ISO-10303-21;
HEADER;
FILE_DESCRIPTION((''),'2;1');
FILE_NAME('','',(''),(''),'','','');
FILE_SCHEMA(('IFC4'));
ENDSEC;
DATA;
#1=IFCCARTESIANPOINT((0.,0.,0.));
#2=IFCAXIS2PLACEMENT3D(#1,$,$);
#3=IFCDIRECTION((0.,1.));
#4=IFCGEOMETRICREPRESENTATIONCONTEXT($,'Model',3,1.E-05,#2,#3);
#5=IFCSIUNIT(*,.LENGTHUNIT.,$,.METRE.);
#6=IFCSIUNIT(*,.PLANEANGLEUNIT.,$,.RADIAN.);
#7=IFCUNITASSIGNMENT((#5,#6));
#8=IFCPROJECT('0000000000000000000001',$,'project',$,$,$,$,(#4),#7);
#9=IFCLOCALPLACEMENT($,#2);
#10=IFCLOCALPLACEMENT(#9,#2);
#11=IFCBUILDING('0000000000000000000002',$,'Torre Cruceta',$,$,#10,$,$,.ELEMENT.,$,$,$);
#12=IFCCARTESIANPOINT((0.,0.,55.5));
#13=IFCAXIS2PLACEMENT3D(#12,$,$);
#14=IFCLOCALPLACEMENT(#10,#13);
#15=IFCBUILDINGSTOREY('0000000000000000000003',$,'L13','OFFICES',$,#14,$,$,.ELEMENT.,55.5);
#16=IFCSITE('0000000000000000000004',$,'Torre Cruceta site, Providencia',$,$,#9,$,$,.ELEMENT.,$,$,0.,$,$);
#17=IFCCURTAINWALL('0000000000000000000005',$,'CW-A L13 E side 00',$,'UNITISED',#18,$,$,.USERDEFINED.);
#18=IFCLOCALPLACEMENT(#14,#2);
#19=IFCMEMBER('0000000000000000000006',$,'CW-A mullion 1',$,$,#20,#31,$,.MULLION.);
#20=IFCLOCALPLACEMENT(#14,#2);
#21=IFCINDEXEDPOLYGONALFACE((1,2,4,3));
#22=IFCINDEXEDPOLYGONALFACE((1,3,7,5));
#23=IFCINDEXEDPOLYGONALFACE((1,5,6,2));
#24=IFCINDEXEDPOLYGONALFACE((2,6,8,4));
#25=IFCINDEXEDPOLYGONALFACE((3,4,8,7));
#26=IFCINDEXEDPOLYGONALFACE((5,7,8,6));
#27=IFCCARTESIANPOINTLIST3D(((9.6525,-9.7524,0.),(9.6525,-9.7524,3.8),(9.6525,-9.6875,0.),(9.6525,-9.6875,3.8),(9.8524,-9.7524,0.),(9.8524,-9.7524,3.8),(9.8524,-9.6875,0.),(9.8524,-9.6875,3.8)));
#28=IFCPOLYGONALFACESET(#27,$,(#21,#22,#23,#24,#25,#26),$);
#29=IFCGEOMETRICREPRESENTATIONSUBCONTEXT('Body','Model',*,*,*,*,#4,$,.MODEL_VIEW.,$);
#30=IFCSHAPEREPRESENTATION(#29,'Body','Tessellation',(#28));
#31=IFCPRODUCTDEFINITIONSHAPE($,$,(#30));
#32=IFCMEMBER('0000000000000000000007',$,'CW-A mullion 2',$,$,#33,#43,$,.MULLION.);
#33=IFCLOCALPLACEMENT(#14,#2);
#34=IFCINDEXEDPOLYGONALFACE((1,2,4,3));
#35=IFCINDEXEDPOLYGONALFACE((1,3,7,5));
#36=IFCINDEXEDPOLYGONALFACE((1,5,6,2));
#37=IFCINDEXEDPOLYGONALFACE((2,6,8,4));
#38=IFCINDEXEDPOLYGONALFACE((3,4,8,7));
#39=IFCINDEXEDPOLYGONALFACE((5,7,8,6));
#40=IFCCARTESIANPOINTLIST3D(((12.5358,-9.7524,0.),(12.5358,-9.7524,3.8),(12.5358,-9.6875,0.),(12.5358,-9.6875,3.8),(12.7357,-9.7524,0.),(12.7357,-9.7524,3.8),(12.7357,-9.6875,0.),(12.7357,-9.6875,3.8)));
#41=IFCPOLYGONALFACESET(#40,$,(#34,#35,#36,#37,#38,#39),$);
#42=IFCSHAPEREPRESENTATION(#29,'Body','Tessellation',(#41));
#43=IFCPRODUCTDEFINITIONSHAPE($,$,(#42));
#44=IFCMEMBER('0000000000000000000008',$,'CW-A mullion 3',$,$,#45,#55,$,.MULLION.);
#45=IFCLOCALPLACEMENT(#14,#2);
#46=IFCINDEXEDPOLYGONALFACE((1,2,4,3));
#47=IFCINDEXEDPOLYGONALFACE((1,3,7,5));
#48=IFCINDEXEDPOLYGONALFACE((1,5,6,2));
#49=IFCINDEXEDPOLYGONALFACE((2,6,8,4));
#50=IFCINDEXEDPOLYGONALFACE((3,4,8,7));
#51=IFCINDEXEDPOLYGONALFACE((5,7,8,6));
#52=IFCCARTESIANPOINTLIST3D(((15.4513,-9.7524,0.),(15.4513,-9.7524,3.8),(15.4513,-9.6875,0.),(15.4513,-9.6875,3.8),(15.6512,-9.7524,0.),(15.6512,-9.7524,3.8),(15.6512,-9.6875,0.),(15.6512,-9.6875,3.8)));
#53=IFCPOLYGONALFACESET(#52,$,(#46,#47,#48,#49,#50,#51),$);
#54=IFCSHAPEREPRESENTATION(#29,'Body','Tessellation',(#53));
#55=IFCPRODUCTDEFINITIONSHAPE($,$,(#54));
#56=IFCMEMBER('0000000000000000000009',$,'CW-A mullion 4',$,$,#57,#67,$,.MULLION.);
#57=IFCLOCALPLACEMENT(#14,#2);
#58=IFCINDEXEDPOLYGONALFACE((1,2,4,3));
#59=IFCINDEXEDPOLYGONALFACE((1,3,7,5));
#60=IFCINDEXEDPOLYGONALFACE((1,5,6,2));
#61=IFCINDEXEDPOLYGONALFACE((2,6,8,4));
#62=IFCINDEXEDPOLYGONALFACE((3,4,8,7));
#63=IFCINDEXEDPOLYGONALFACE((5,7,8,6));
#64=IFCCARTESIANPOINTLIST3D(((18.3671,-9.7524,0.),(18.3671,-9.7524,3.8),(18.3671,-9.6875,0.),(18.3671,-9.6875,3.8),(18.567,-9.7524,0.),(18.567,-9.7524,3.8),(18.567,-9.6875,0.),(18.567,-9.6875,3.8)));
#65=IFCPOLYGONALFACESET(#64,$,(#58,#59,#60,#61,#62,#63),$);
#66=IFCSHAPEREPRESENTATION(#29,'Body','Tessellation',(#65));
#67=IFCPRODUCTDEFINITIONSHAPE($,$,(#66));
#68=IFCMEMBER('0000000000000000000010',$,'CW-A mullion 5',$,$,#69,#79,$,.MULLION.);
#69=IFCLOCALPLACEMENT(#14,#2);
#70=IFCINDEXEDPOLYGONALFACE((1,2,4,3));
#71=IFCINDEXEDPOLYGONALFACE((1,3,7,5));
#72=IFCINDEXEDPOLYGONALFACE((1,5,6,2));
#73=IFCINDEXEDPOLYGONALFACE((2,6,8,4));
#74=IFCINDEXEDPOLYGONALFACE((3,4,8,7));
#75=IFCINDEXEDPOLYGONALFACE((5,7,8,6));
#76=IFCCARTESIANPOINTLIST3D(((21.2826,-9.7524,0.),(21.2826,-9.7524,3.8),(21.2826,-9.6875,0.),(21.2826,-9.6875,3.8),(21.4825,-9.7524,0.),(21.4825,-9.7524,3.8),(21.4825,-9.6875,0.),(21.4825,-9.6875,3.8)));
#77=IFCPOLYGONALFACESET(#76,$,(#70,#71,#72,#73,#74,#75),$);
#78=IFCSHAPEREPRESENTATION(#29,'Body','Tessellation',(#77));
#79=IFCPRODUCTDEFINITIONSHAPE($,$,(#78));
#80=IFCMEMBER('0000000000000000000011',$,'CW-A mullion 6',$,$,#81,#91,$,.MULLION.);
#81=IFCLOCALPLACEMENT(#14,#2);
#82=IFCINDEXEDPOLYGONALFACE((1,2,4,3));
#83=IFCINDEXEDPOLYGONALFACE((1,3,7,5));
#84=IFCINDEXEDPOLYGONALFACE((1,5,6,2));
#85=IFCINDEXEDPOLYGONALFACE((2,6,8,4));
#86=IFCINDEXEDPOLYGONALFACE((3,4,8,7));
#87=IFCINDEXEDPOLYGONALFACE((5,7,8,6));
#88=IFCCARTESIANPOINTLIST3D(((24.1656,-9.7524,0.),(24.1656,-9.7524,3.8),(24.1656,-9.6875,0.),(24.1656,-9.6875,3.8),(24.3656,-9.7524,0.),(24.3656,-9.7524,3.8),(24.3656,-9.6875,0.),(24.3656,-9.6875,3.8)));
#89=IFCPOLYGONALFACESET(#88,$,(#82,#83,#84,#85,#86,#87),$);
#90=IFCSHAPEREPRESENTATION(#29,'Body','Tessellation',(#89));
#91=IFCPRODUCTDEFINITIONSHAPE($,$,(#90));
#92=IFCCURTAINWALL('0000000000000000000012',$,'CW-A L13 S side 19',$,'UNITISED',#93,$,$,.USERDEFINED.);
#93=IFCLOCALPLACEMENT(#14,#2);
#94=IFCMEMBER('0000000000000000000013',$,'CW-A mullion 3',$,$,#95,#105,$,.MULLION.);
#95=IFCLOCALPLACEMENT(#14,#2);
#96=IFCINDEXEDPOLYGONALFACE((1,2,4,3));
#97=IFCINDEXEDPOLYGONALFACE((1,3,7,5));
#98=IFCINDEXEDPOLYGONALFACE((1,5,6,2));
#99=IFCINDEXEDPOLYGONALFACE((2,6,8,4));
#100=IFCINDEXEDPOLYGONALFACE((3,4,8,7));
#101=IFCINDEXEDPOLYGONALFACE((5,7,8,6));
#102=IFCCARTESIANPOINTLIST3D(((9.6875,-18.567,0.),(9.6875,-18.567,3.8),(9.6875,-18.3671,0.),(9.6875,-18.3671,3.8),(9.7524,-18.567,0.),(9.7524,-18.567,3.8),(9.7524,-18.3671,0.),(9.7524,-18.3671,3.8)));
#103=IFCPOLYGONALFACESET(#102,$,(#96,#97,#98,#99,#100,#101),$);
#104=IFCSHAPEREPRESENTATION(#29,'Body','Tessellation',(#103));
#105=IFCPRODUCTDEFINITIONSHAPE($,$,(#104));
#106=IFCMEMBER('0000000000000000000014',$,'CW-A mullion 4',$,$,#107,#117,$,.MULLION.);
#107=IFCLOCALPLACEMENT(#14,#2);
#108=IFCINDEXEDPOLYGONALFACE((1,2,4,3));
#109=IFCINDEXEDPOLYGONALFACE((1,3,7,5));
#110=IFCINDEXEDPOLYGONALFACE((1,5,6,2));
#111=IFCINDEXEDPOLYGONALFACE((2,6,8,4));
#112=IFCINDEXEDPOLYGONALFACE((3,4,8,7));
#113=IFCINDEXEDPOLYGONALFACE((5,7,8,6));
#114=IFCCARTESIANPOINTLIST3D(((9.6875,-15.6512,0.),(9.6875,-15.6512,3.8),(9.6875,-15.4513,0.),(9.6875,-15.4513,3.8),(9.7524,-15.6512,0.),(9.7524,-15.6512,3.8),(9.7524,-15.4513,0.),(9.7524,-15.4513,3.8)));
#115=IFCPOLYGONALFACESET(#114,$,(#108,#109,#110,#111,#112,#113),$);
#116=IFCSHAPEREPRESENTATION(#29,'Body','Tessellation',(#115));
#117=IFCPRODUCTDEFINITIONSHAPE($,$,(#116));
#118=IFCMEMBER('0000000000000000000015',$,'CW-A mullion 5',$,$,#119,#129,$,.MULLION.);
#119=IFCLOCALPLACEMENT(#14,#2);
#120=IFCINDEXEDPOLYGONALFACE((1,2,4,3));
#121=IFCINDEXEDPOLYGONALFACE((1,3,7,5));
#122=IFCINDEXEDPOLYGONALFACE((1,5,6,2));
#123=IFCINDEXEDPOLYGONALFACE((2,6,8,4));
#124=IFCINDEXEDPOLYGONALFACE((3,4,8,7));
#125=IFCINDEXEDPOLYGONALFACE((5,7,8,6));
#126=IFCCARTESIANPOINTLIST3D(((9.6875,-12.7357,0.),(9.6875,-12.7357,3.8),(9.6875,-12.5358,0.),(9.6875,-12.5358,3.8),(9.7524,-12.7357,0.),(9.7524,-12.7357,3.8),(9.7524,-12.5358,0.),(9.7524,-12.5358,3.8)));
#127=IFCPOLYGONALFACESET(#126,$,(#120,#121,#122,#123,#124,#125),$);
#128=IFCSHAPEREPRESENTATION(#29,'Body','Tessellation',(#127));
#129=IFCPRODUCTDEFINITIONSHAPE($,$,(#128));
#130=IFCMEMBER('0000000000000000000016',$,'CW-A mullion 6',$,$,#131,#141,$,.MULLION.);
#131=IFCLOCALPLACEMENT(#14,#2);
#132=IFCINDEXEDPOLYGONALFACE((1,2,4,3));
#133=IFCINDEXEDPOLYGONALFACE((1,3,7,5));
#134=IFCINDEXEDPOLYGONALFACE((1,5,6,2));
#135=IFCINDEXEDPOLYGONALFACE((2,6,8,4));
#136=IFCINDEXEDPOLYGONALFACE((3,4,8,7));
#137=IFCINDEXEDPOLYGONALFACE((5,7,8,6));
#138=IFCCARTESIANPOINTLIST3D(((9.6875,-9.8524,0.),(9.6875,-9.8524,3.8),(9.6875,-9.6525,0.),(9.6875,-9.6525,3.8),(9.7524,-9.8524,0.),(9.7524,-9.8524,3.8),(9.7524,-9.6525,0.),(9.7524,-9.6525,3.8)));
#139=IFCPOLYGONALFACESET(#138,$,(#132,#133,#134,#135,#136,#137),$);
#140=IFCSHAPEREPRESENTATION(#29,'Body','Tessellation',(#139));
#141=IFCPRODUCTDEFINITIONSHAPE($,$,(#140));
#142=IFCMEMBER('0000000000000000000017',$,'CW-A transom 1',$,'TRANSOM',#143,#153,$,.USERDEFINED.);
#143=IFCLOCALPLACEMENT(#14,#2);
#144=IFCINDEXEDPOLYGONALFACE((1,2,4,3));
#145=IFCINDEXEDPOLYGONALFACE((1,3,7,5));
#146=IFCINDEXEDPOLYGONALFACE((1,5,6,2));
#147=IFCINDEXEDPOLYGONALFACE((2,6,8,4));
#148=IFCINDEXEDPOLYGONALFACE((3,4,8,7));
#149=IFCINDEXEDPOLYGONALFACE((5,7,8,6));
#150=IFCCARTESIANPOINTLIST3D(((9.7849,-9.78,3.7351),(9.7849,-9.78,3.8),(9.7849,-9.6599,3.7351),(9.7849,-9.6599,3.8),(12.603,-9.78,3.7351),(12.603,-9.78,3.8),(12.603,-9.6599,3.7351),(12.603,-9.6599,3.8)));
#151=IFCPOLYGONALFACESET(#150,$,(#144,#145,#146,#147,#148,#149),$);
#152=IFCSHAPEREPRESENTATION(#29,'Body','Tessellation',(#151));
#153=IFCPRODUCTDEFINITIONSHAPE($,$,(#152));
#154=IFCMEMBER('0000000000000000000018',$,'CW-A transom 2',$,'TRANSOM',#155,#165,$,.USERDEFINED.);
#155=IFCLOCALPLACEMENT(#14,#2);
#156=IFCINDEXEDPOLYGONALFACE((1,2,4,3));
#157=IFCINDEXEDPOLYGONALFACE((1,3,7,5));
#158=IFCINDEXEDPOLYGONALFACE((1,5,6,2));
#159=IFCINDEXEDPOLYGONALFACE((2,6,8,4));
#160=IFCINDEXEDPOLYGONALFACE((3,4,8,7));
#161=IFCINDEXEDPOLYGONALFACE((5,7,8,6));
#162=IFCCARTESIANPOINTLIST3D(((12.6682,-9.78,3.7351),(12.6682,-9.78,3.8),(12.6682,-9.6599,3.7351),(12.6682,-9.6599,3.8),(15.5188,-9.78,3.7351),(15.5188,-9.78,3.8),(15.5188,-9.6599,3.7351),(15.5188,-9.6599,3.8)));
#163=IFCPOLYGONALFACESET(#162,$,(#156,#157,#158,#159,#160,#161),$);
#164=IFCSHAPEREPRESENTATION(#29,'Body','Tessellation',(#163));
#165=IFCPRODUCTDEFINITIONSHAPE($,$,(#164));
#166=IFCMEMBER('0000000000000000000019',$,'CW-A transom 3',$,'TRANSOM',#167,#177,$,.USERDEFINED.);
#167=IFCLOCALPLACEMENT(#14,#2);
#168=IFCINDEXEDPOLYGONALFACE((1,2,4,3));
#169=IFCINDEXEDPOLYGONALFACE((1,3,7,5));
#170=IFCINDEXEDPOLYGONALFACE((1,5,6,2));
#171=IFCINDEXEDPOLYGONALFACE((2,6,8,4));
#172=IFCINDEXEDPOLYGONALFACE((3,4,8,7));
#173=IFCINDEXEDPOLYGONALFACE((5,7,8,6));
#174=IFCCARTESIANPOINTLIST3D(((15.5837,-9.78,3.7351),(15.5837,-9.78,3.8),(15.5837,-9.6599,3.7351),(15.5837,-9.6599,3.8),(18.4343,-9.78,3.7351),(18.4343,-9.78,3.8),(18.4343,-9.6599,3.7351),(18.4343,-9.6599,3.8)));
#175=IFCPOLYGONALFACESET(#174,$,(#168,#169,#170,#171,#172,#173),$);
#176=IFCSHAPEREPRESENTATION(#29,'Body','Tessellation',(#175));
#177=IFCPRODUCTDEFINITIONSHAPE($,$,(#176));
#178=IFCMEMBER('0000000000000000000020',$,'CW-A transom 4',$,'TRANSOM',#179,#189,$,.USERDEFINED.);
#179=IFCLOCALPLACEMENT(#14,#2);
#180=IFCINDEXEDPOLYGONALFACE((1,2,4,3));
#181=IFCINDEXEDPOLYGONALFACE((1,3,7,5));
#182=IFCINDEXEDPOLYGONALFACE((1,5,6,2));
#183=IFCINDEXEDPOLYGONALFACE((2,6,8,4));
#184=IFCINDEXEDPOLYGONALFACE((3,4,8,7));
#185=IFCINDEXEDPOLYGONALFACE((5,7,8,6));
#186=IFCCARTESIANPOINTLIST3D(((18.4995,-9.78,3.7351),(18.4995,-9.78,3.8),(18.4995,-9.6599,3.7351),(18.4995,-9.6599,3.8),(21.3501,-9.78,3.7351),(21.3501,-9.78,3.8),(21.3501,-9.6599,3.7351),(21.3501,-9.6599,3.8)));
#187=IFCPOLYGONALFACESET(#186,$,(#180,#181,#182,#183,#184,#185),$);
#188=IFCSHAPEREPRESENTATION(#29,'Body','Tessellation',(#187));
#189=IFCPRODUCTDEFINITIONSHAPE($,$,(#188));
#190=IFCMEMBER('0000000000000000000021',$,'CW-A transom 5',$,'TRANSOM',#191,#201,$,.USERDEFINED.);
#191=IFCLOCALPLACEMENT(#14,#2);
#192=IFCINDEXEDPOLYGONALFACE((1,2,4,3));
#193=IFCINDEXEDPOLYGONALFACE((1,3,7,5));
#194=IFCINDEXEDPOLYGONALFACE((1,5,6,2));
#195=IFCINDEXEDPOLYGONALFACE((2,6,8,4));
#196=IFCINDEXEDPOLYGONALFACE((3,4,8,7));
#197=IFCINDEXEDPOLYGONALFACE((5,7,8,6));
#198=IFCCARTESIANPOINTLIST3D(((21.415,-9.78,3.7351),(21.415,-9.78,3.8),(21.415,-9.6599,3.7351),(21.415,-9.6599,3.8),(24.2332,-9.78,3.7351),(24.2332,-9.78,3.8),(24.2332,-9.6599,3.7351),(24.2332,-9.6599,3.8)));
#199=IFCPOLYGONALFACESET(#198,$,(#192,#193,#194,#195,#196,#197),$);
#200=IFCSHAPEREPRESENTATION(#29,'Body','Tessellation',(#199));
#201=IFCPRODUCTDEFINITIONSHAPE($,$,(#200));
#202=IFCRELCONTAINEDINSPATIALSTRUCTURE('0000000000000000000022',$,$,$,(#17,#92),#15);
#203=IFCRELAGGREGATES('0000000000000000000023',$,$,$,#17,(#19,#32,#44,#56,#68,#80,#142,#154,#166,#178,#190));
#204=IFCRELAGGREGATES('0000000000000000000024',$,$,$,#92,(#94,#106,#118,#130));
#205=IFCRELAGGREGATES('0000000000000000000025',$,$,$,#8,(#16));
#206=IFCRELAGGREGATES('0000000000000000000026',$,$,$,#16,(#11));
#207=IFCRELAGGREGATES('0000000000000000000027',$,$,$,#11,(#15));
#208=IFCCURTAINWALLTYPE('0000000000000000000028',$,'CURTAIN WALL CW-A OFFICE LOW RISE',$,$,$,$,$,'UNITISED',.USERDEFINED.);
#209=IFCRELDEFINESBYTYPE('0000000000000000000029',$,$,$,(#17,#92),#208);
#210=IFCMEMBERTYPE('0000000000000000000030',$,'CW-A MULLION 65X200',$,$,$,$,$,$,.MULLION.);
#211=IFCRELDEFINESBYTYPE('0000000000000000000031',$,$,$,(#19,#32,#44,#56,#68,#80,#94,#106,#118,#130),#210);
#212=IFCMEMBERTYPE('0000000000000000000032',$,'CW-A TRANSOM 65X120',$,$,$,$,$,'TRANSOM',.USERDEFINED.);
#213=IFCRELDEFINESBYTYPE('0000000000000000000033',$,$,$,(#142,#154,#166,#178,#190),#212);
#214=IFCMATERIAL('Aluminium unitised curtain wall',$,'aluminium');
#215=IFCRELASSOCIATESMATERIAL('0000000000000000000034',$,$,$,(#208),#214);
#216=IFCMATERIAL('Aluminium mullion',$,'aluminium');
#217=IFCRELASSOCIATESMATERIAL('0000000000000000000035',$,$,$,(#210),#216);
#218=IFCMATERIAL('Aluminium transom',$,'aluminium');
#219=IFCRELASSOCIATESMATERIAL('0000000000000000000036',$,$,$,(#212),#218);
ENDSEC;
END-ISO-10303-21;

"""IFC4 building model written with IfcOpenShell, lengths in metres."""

from ifc_helpers import new_model, si_unit, direction, frame, origin, origin_2d, place, context, subcontext, project, spatial, rectangle, extrude, material, material_profile, profile_set, type_object, element, aggregate, save


model = new_model("IFC4")

# Units and contexts
model_context = context("Model", 3, precision=1e-05, world=origin(), true_north=direction((0.0, 1.0)))
body_context = subcontext(model_context, "Body", "Model", "MODEL_VIEW")
ifc_project = project(units=[si_unit("LENGTHUNIT", "METRE"), si_unit("PLANEANGLEUNIT", "RADIAN")], contexts=[model_context])

# Site, building, storey
site_placement = place(None, origin())
site = spatial("IfcSite", under=ifc_project, at=site_placement, Name="Torre Cruceta site, Providencia", CompositionType="ELEMENT", RefElevation=0.0)
building_placement = place(site_placement, origin())
building = spatial("IfcBuilding", under=site, at=building_placement, Name="Torre Cruceta", CompositionType="ELEMENT")
storey_placement = place(building_placement, frame((0.0, 0.0, 55.5)))
storey = spatial("IfcBuildingStorey", under=building, at=storey_placement, Name="L13", Description="OFFICES", CompositionType="ELEMENT", Elevation=55.5)

# Curtain walls, members
ifc_material_1 = material(Name="Aluminium unitised curtain wall", Category="aluminium")
curtain_wall_type = type_object("IfcCurtainWallType", Name="CURTAIN WALL CW-A OFFICE LOW RISE", ElementType="UNITISED", PredefinedType="USERDEFINED", material=ifc_material_1)
curtain_wall_1_placement = place(storey_placement, origin())
curtain_wall_1 = element("IfcCurtainWall", 1, at=curtain_wall_1_placement, inside=storey, type_object=curtain_wall_type, Name="CW-A L13 E side 00", ObjectType="UNITISED", PredefinedType="USERDEFINED")
ifc_material_2 = material(Name="Aluminium mullion", Category="aluminium")
ifc_material_profile_1 = material_profile(ifc_material_2, rectangle(XDim=0.0649, YDim=0.2, at=origin_2d()), Name="AL 65X200")
ifc_profile_set_1 = profile_set([ifc_material_profile_1], Name="Aluminium mullion")
member_type_1 = type_object("IfcMemberType", Name="CW-A MULLION 65X200", PredefinedType="MULLION", material=ifc_profile_set_1)
member_1_placement = place(storey_placement, frame((9.7524, -9.72, 0.0), z_axis=(0.0, 0.0, 1.0), x_axis=(0.0, 1.0, 0.0)))
member_1 = element("IfcMember", 2, at=member_1_placement, type_object=member_type_1, Name="CW-A mullion 1", PredefinedType="MULLION", context=body_context, shape_type="SweptSolid", body=[
    extrude(rectangle(XDim=0.0649, YDim=0.2, at=origin_2d()), origin(), (0.0, 0.0, 1.0), 3.8),
])
member_2_placement = place(storey_placement, frame((12.6357, -9.72, 0.0), z_axis=(0.0, 0.0, 1.0), x_axis=(0.0, 1.0, 0.0)))
member_2 = element("IfcMember", 3, at=member_2_placement, type_object=member_type_1, Name="CW-A mullion 2", PredefinedType="MULLION", context=body_context, shape_type="SweptSolid", body=[
    extrude(rectangle(XDim=0.0649, YDim=0.2, at=origin_2d()), origin(), (0.0, 0.0, 1.0), 3.8),
])
member_3_placement = place(storey_placement, frame((15.5513, -9.72, 0.0), z_axis=(0.0, 0.0, 1.0), x_axis=(0.0, 1.0, 0.0)))
member_3 = element("IfcMember", 4, at=member_3_placement, type_object=member_type_1, Name="CW-A mullion 3", PredefinedType="MULLION", context=body_context, shape_type="SweptSolid", body=[
    extrude(rectangle(XDim=0.0649, YDim=0.2, at=origin_2d()), origin(), (0.0, 0.0, 1.0), 3.8),
])
member_4_placement = place(storey_placement, frame((18.467, -9.72, 0.0), z_axis=(0.0, 0.0, 1.0), x_axis=(0.0, 1.0, 0.0)))
member_4 = element("IfcMember", 5, at=member_4_placement, type_object=member_type_1, Name="CW-A mullion 4", PredefinedType="MULLION", context=body_context, shape_type="SweptSolid", body=[
    extrude(rectangle(XDim=0.0649, YDim=0.2, at=origin_2d()), origin(), (0.0, 0.0, 1.0), 3.8),
])
member_5_placement = place(storey_placement, frame((21.3826, -9.72, 0.0), z_axis=(0.0, 0.0, 1.0), x_axis=(0.0, 1.0, 0.0)))
member_5 = element("IfcMember", 6, at=member_5_placement, type_object=member_type_1, Name="CW-A mullion 5", PredefinedType="MULLION", context=body_context, shape_type="SweptSolid", body=[
    extrude(rectangle(XDim=0.0649, YDim=0.2, at=origin_2d()), origin(), (0.0, 0.0, 1.0), 3.8),
])
member_6_placement = place(storey_placement, frame((24.2656, -9.72, 0.0), z_axis=(0.0, 0.0, 1.0), x_axis=(0.0, 1.0, 0.0)))
member_6 = element("IfcMember", 7, at=member_6_placement, type_object=member_type_1, Name="CW-A mullion 6", PredefinedType="MULLION", context=body_context, shape_type="SweptSolid", body=[
    extrude(rectangle(XDim=0.0649, YDim=0.2, at=origin_2d()), origin(), (0.0, 0.0, 1.0), 3.8),
])
curtain_wall_2_placement = place(storey_placement, origin())
curtain_wall_2 = element("IfcCurtainWall", 8, at=curtain_wall_2_placement, inside=storey, type_object=curtain_wall_type, Name="CW-A L13 S side 19", ObjectType="UNITISED", PredefinedType="USERDEFINED")
member_7_placement = place(storey_placement, frame((9.72, -18.467, 0.0), z_axis=(0.0, 0.0, 1.0), x_axis=(-1.0, 0.0, 0.0)))
member_7 = element("IfcMember", 9, at=member_7_placement, type_object=member_type_1, Name="CW-A mullion 3", PredefinedType="MULLION", context=body_context, shape_type="SweptSolid", body=[
    extrude(rectangle(XDim=0.0649, YDim=0.2, at=origin_2d()), origin(), (0.0, 0.0, 1.0), 3.8),
])
member_8_placement = place(storey_placement, frame((9.72, -15.5513, 0.0), z_axis=(0.0, 0.0, 1.0), x_axis=(-1.0, 0.0, 0.0)))
member_8 = element("IfcMember", 10, at=member_8_placement, type_object=member_type_1, Name="CW-A mullion 4", PredefinedType="MULLION", context=body_context, shape_type="SweptSolid", body=[
    extrude(rectangle(XDim=0.0649, YDim=0.2, at=origin_2d()), origin(), (0.0, 0.0, 1.0), 3.8),
])
member_9_placement = place(storey_placement, frame((9.72, -12.6357, 0.0), z_axis=(0.0, 0.0, 1.0), x_axis=(-1.0, 0.0, 0.0)))
member_9 = element("IfcMember", 11, at=member_9_placement, type_object=member_type_1, Name="CW-A mullion 5", PredefinedType="MULLION", context=body_context, shape_type="SweptSolid", body=[
    extrude(rectangle(XDim=0.0649, YDim=0.2, at=origin_2d()), origin(), (0.0, 0.0, 1.0), 3.8),
])
member_10_placement = place(storey_placement, frame((9.72, -9.7524, 0.0), z_axis=(0.0, 0.0, 1.0), x_axis=(-1.0, 0.0, 0.0)))
member_10 = element("IfcMember", 12, at=member_10_placement, type_object=member_type_1, Name="CW-A mullion 6", PredefinedType="MULLION", context=body_context, shape_type="SweptSolid", body=[
    extrude(rectangle(XDim=0.0649, YDim=0.2, at=origin_2d()), origin(), (0.0, 0.0, 1.0), 3.8),
])

# Members
ifc_material_3 = material(Name="Aluminium transom", Category="aluminium")
ifc_material_profile_2 = material_profile(ifc_material_3, rectangle(XDim=0.1201, YDim=0.0649, at=origin_2d()), Name="AL 120X65")
ifc_profile_set_2 = profile_set([ifc_material_profile_2], Name="Aluminium transom")
member_type_2 = type_object("IfcMemberType", Name="CW-A TRANSOM 65X120", ElementType="TRANSOM", PredefinedType="USERDEFINED", material=ifc_profile_set_2)
member_11_placement = place(storey_placement, frame((9.7849, -9.72, 3.7676), z_axis=(1.0, 0.0, 0.0), x_axis=(0.0, 1.0, 0.0)))
member_11 = element("IfcMember", 13, at=member_11_placement, type_object=member_type_2, Name="CW-A transom 1", ObjectType="TRANSOM", PredefinedType="USERDEFINED", context=body_context, shape_type="SweptSolid", body=[
    extrude(rectangle(XDim=0.1201, YDim=0.0649, at=origin_2d()), origin(), (0.0, 0.0, 1.0), 2.8181),
])
member_12_placement = place(storey_placement, frame((12.6682, -9.72, 3.7676), z_axis=(1.0, 0.0, 0.0), x_axis=(0.0, 1.0, 0.0)))
member_12 = element("IfcMember", 14, at=member_12_placement, type_object=member_type_2, Name="CW-A transom 2", ObjectType="TRANSOM", PredefinedType="USERDEFINED", context=body_context, shape_type="SweptSolid", body=[
    extrude(rectangle(XDim=0.1201, YDim=0.0649, at=origin_2d()), origin(), (0.0, 0.0, 1.0), 2.8506),
])
member_13_placement = place(storey_placement, frame((15.5837, -9.72, 3.7676), z_axis=(1.0, 0.0, 0.0), x_axis=(0.0, 1.0, 0.0)))
member_13 = element("IfcMember", 15, at=member_13_placement, type_object=member_type_2, Name="CW-A transom 3", ObjectType="TRANSOM", PredefinedType="USERDEFINED", context=body_context, shape_type="SweptSolid", body=[
    extrude(rectangle(XDim=0.1201, YDim=0.0649, at=origin_2d()), origin(), (0.0, 0.0, 1.0), 2.8506),
])
member_14_placement = place(storey_placement, frame((18.4995, -9.72, 3.7676), z_axis=(1.0, 0.0, 0.0), x_axis=(0.0, 1.0, 0.0)))
member_14 = element("IfcMember", 16, at=member_14_placement, type_object=member_type_2, Name="CW-A transom 4", ObjectType="TRANSOM", PredefinedType="USERDEFINED", context=body_context, shape_type="SweptSolid", body=[
    extrude(rectangle(XDim=0.1201, YDim=0.0649, at=origin_2d()), origin(), (0.0, 0.0, 1.0), 2.8506),
])
member_15_placement = place(storey_placement, frame((21.415, -9.72, 3.7676), z_axis=(1.0, 0.0, 0.0), x_axis=(0.0, 1.0, 0.0)))
member_15 = element("IfcMember", 17, at=member_15_placement, type_object=member_type_2, Name="CW-A transom 5", ObjectType="TRANSOM", PredefinedType="USERDEFINED", context=body_context, shape_type="SweptSolid", body=[
    extrude(rectangle(XDim=0.1201, YDim=0.0649, at=origin_2d()), origin(), (0.0, 0.0, 1.0), 2.8181),
])

aggregate(curtain_wall_1, [member_1, member_2, member_3, member_4, member_5, member_6, member_11, member_12, member_13, member_14, member_15])
aggregate(curtain_wall_2, [member_7, member_8, member_9, member_10])

save(model, "model.ifc")
